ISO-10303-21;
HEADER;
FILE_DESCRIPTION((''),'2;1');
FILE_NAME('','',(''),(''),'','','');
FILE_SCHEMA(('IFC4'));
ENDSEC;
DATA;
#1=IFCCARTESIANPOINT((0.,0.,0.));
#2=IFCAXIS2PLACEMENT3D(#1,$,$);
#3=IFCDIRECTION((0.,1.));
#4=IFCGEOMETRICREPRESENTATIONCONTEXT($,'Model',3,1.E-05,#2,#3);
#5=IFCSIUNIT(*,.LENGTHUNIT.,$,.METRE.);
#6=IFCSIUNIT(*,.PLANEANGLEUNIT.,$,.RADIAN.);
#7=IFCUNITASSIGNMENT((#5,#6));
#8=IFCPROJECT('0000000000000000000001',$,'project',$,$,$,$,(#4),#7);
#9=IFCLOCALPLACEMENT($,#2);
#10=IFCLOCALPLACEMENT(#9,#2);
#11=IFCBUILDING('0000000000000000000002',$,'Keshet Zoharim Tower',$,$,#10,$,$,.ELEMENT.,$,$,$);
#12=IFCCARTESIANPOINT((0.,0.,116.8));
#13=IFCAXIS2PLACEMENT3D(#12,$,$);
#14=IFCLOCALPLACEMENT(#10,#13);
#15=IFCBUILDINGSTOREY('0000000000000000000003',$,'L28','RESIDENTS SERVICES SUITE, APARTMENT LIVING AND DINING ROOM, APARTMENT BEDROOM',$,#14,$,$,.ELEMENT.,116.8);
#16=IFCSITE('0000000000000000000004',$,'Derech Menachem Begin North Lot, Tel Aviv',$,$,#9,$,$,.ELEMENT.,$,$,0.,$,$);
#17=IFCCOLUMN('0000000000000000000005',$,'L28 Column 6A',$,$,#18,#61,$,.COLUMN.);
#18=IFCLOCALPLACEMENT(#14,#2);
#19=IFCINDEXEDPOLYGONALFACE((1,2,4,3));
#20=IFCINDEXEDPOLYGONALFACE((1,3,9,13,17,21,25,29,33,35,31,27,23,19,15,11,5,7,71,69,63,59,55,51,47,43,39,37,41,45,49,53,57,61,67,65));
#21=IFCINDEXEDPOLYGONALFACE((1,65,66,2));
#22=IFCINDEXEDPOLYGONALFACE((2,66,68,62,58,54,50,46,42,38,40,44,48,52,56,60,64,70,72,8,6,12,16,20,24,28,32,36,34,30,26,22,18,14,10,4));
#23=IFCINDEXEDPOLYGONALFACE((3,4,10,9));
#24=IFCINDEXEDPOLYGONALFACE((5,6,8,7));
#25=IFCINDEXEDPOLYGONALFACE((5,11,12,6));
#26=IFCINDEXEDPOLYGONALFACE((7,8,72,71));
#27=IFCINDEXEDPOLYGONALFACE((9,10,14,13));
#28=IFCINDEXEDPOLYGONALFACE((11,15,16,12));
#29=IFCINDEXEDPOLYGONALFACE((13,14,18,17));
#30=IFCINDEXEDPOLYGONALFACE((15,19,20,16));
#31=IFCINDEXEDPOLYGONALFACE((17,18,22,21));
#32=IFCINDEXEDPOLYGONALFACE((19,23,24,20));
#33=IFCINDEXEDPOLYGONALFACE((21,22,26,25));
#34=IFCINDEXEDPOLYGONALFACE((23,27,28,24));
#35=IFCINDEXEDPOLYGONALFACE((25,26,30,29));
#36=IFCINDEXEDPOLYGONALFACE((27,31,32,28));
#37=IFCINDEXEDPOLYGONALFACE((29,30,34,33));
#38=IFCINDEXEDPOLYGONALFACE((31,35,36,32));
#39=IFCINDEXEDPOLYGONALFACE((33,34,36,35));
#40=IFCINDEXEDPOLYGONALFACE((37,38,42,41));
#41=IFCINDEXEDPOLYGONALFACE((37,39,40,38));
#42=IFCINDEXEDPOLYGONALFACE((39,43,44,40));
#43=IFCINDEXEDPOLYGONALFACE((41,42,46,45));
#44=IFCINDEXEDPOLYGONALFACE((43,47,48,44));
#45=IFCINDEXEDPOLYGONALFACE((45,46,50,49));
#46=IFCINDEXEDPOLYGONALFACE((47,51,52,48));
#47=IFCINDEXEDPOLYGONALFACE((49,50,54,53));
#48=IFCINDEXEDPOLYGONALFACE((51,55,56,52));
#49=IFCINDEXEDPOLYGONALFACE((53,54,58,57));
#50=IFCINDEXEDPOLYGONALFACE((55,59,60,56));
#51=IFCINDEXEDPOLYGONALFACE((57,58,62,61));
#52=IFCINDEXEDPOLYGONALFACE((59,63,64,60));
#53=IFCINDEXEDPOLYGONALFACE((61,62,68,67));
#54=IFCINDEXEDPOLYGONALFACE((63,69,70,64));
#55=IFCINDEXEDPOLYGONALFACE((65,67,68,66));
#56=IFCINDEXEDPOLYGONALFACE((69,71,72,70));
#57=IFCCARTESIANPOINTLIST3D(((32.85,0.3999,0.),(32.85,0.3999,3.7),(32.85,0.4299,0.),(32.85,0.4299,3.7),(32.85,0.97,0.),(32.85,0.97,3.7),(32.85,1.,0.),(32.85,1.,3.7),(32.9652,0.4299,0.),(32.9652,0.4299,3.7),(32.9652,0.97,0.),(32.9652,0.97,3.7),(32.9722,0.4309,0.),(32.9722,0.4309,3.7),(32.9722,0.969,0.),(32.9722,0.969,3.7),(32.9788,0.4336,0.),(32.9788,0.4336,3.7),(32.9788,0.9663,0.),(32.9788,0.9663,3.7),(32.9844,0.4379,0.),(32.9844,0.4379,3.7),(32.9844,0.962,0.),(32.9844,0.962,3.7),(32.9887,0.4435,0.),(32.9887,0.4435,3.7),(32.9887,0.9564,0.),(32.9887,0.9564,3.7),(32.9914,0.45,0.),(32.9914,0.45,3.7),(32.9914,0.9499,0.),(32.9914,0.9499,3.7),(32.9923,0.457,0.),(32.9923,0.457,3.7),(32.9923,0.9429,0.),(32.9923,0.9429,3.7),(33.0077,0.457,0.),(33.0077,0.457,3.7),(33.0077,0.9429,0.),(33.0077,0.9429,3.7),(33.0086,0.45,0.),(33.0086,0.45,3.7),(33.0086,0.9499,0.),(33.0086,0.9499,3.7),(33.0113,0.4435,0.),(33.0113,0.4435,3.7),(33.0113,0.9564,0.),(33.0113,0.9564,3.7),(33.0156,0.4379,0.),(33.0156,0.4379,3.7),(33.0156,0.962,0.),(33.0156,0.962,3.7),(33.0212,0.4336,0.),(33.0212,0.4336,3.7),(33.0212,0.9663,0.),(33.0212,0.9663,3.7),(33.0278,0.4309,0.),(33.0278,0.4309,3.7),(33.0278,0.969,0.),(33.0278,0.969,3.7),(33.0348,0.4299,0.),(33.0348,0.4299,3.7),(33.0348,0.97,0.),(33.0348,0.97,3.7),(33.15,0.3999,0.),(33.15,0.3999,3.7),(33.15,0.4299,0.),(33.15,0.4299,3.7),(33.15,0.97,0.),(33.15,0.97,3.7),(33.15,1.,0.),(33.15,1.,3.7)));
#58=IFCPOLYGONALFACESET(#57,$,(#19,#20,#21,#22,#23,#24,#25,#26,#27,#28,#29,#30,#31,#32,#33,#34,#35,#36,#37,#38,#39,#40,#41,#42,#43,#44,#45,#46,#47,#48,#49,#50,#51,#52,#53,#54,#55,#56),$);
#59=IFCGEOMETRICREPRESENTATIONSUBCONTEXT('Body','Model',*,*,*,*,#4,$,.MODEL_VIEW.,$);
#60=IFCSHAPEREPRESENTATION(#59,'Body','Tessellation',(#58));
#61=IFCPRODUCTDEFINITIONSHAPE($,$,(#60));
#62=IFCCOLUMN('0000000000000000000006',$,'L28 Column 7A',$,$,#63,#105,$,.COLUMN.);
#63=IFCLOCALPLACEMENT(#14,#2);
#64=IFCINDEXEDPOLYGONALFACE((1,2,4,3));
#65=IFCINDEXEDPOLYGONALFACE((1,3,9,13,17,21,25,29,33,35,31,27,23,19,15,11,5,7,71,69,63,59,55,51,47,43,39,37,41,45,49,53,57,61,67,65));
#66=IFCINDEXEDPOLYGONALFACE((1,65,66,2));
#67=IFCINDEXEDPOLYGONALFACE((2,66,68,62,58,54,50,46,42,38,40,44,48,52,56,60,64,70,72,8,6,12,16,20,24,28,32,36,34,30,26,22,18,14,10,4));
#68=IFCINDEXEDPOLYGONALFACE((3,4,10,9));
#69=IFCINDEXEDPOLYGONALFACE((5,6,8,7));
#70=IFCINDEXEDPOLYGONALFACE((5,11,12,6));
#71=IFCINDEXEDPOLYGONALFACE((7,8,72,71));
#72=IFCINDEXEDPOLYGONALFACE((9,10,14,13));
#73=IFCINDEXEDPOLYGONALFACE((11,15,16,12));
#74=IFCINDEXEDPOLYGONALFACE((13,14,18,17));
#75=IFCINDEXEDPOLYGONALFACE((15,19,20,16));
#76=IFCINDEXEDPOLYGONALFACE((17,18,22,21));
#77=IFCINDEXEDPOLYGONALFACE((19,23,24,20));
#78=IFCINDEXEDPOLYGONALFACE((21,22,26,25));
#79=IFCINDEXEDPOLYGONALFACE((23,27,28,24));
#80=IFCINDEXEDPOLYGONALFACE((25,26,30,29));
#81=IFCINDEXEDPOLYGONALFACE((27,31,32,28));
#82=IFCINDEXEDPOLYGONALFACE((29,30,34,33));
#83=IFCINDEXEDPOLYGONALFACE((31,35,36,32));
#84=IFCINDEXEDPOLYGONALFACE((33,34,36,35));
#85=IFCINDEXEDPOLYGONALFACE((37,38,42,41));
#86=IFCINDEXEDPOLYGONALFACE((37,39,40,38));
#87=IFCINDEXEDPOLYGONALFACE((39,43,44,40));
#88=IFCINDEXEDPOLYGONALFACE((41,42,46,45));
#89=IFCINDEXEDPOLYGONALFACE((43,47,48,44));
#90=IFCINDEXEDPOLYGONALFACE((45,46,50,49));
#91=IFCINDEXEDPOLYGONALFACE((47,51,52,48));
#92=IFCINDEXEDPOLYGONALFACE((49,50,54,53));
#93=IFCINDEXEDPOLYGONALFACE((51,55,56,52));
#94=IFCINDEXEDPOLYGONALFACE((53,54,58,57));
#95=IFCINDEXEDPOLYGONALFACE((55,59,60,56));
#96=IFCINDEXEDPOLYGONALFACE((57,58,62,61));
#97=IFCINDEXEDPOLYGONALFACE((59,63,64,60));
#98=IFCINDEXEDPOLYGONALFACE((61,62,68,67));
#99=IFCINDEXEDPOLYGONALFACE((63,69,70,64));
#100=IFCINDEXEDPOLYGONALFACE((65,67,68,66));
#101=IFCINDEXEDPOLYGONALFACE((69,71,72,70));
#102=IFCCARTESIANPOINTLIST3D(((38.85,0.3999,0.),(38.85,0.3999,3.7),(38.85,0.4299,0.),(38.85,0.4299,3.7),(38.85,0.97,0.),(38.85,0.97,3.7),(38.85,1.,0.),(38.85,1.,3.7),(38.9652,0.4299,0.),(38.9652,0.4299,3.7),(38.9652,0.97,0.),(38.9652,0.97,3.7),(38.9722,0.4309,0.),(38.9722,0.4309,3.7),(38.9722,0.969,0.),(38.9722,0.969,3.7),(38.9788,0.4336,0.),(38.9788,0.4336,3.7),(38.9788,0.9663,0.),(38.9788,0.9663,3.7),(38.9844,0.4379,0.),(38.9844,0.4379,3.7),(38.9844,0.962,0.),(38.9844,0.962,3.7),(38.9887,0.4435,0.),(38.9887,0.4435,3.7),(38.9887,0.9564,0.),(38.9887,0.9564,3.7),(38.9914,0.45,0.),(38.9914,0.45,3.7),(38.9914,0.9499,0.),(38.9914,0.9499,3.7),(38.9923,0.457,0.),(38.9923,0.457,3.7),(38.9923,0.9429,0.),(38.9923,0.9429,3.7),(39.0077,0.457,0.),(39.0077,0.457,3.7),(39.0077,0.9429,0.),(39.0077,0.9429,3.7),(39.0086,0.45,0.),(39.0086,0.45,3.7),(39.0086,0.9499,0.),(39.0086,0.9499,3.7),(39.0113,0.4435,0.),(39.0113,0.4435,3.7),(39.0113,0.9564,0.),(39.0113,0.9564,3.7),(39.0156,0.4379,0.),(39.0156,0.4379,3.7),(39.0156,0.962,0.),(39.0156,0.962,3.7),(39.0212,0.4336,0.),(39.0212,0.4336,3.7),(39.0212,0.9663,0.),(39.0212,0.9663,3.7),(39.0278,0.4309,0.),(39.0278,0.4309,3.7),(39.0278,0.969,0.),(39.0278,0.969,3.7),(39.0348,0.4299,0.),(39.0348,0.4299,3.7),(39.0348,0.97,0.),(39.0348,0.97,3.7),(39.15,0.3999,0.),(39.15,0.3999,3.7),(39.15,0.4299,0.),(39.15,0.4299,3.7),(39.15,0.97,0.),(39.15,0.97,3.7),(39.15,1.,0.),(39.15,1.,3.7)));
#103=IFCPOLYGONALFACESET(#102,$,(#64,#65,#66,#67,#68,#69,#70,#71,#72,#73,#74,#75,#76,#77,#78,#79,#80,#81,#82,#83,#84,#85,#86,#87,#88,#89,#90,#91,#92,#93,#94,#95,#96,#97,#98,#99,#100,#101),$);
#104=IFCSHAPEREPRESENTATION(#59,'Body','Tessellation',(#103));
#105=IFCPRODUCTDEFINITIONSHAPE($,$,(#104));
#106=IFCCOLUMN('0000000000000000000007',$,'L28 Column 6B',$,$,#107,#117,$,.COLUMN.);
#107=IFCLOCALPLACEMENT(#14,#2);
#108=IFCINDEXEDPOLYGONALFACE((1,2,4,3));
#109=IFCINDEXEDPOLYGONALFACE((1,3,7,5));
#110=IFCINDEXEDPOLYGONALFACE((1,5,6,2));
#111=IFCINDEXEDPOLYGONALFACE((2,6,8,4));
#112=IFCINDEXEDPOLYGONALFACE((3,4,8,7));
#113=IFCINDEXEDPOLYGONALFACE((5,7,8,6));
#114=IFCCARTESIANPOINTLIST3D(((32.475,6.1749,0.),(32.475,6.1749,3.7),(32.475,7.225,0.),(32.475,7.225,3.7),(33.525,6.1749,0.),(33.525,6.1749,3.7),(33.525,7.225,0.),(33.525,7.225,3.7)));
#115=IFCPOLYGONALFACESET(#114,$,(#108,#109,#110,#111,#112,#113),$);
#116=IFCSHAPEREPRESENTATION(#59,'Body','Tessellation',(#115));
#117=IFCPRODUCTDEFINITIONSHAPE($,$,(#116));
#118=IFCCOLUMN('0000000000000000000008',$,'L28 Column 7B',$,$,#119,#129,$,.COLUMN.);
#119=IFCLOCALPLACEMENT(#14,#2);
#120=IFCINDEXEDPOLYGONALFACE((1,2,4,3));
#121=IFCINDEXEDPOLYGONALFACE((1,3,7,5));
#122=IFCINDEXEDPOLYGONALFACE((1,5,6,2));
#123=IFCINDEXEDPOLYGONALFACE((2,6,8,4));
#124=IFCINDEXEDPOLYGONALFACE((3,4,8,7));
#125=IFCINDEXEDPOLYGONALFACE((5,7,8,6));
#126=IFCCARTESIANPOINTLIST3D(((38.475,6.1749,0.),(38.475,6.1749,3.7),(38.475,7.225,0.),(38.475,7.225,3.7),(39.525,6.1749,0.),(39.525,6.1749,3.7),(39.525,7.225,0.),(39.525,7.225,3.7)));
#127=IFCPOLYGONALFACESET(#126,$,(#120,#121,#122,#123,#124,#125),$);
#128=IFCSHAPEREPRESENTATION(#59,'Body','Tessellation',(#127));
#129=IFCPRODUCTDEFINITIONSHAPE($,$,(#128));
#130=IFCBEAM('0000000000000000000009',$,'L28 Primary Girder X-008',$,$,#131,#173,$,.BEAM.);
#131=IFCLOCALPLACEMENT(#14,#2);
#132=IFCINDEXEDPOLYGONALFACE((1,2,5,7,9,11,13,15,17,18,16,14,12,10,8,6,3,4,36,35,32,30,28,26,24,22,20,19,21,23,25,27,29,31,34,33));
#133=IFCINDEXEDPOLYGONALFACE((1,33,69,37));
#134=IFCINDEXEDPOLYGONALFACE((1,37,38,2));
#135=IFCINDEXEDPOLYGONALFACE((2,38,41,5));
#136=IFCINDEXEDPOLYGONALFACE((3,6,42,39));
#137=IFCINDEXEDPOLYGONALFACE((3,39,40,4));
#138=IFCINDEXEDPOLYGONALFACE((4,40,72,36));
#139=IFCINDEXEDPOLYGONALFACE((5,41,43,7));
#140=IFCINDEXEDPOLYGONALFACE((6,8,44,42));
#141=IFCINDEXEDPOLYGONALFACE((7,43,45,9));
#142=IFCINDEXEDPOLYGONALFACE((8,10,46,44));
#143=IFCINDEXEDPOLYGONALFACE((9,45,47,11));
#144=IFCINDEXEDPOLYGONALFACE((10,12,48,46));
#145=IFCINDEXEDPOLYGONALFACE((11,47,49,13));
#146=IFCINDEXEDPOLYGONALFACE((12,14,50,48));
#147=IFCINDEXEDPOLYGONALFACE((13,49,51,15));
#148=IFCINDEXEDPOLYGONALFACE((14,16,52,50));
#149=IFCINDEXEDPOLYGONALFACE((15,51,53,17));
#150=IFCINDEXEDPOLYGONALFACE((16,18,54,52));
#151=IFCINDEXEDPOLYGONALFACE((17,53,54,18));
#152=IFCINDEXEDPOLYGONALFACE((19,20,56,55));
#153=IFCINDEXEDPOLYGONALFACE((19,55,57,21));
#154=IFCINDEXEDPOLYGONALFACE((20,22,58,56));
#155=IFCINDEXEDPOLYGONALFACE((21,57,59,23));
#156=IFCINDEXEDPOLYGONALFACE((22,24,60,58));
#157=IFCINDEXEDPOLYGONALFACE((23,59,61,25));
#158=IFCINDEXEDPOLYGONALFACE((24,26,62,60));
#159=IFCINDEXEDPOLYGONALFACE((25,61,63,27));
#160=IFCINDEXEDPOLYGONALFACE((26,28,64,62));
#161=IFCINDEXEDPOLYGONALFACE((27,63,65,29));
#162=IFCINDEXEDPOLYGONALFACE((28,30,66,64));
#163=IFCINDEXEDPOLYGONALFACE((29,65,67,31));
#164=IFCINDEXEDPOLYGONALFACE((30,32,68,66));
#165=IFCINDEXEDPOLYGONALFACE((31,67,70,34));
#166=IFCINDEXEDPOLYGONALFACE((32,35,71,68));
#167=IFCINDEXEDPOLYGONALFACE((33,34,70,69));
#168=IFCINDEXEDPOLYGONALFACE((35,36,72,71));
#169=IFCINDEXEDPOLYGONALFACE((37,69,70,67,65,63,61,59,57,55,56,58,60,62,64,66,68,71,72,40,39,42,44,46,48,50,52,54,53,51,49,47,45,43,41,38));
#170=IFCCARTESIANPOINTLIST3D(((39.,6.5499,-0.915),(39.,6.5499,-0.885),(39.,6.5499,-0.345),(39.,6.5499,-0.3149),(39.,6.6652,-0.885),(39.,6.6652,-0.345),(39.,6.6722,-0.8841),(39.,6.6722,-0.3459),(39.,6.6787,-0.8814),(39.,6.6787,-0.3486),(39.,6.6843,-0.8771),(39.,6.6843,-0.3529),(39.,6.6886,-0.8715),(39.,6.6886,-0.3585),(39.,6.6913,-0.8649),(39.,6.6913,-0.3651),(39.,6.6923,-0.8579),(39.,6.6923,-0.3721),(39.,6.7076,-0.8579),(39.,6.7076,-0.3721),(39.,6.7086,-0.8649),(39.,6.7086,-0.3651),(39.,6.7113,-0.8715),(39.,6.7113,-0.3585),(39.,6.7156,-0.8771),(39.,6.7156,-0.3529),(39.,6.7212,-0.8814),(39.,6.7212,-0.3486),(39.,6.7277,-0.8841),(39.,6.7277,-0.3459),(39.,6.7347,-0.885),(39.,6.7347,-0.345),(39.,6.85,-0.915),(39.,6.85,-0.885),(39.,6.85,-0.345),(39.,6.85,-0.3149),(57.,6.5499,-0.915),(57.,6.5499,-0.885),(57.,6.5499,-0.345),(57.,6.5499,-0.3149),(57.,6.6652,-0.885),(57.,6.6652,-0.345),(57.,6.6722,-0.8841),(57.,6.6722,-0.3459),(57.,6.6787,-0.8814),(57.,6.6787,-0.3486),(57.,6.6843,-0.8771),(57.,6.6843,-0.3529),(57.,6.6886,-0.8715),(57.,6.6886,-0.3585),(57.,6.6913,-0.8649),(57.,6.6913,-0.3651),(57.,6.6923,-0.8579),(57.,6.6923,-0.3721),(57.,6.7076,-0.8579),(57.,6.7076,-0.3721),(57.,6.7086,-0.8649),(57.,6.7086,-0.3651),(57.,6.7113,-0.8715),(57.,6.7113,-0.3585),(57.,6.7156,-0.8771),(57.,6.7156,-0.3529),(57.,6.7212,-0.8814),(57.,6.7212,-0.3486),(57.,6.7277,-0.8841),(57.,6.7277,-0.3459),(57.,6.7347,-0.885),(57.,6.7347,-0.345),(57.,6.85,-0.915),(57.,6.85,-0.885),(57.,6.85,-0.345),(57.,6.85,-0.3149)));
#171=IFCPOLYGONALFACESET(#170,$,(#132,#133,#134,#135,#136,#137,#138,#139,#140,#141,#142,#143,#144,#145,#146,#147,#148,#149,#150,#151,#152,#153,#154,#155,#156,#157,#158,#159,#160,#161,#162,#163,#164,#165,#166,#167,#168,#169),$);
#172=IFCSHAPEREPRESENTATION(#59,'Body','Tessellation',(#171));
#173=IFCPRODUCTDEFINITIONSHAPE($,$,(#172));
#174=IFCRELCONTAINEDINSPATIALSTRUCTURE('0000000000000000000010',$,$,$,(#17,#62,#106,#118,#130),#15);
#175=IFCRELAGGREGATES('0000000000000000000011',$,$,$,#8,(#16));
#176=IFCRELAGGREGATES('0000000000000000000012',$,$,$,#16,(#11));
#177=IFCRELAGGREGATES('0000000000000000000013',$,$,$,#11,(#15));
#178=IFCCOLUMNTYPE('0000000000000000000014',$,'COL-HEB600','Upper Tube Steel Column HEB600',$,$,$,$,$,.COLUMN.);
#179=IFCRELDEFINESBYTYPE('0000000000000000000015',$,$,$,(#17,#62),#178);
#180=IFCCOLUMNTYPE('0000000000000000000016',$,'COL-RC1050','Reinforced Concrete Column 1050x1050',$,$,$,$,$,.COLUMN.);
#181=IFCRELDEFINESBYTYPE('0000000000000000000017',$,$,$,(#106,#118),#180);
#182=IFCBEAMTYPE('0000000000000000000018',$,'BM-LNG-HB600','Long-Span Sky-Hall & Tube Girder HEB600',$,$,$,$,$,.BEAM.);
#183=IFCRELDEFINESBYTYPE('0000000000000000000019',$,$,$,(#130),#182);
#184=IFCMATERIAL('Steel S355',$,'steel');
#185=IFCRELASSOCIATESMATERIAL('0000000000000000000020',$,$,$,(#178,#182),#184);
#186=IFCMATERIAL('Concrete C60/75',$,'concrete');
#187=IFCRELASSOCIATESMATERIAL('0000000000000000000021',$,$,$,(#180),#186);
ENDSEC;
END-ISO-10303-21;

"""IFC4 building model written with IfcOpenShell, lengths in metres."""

from ifc_helpers import new_model, si_unit, direction, frame, origin, origin_2d, place, context, subcontext, project, spatial, rectangle, i_section, extrude, material, material_profile, profile_set, type_object, element, save


model = new_model("IFC4")

# Units and contexts
model_context = context("Model", 3, precision=1e-05, world=origin(), true_north=direction((0.0, 1.0)))
body_context = subcontext(model_context, "Body", "Model", "MODEL_VIEW")
ifc_project = project(units=[si_unit("LENGTHUNIT", "METRE"), si_unit("PLANEANGLEUNIT", "RADIAN")], contexts=[model_context])

# Site, building, storey
site_placement = place(None, origin())
site = spatial("IfcSite", under=ifc_project, at=site_placement, Name="Derech Menachem Begin North Lot, Tel Aviv", CompositionType="ELEMENT", RefElevation=0.0)
building_placement = place(site_placement, origin())
building = spatial("IfcBuilding", under=site, at=building_placement, Name="Keshet Zoharim Tower", CompositionType="ELEMENT")
storey_placement = place(building_placement, frame((0.0, 0.0, 116.8)))
storey = spatial("IfcBuildingStorey", under=building, at=storey_placement, Name="L28", Description="RESIDENTS SERVICES SUITE, APARTMENT LIVING AND DINING ROOM, APARTMENT BEDROOM", CompositionType="ELEMENT", Elevation=116.8)

# Columns
ifc_material_1 = material(Name="Steel S355", Category="steel")
ifc_material_profile_1 = material_profile(ifc_material_1, i_section(OverallWidth=0.3, OverallDepth=0.6001, WebThickness=0.0154, FlangeThickness=0.03, FilletRadius=0.0271, at=origin_2d()), Name="HEB600")
ifc_profile_set_1 = profile_set([ifc_material_profile_1], Name="Steel S355")
column_type_1 = type_object("IfcColumnType", Name="COL-HEB600", Description="Upper Tube Steel Column HEB600", PredefinedType="COLUMN", material=ifc_profile_set_1)
for number, where, z_axis, x_axis, name in (
    (1, (33.0, 0.7, 0.0), (0.0, 0.0, 1.0), (1.0, 0.0, 0.0), "L28 Column 6A"),
    (2, (39.0, 0.7, 0.0), (0.0, 0.0, 1.0), (1.0, 0.0, 0.0), "L28 Column 7A"),
):
    element("IfcColumn", number, at=place(storey_placement, frame(where, z_axis=z_axis, x_axis=x_axis)), inside=storey, type_object=column_type_1, Name=name, PredefinedType="COLUMN", context=body_context, shape_type="SweptSolid", body=[
        extrude(i_section(OverallWidth=0.3, OverallDepth=0.6001, WebThickness=0.0154, FlangeThickness=0.03, FilletRadius=0.0271, at=origin_2d()), origin(), (0.0, 0.0, 1.0), 3.7),
    ])
ifc_material_2 = material(Name="Concrete C60/75", Category="concrete")
ifc_material_profile_2 = material_profile(ifc_material_2, rectangle(XDim=1.05, YDim=1.05, at=origin_2d()), Name="RC1050x1050")
ifc_profile_set_2 = profile_set([ifc_material_profile_2], Name="Concrete C60/75")
column_type_2 = type_object("IfcColumnType", Name="COL-RC1050", Description="Reinforced Concrete Column 1050x1050", PredefinedType="COLUMN", material=ifc_profile_set_2)
for number, where, z_axis, x_axis, name in (
    (3, (33.0, 6.7, 0.0), (0.0, 0.0, 1.0), (1.0, 0.0, 0.0), "L28 Column 6B"),
    (4, (39.0, 6.7, 0.0), (0.0, 0.0, 1.0), (1.0, 0.0, 0.0), "L28 Column 7B"),
):
    element("IfcColumn", number, at=place(storey_placement, frame(where, z_axis=z_axis, x_axis=x_axis)), inside=storey, type_object=column_type_2, Name=name, PredefinedType="COLUMN", context=body_context, shape_type="SweptSolid", body=[
        extrude(rectangle(XDim=1.05, YDim=1.05, at=origin_2d()), origin(), (0.0, 0.0, 1.0), 3.7),
    ])

# Beam
ifc_material_profile_3 = material_profile(ifc_material_1, i_section(OverallWidth=0.3, OverallDepth=0.6001, WebThickness=0.0154, FlangeThickness=0.03, FilletRadius=0.0271, at=origin_2d()), Name="HEB600")
ifc_profile_set_3 = profile_set([ifc_material_profile_3], Name="Steel S355")
beam_type_1 = type_object("IfcBeamType", Name="BM-LNG-HB600", Description="Long-Span Sky-Hall & Tube Girder HEB600", PredefinedType="BEAM", material=ifc_profile_set_3)
beam_placement = place(storey_placement, frame((39.0, 6.7, -0.615), z_axis=(1.0, 0.0, 0.0), x_axis=(0.0, 1.0, 0.0)))
element("IfcBeam", 5, at=beam_placement, inside=storey, type_object=beam_type_1, Name="L28 Primary Girder X-008", PredefinedType="BEAM", context=body_context, shape_type="SweptSolid", body=[
    extrude(i_section(OverallWidth=0.3, OverallDepth=0.6001, WebThickness=0.0154, FlangeThickness=0.03, FilletRadius=0.0271, at=origin_2d()), origin(), (0.0, 0.0, 1.0), 18.0),
])

save(model, "model.ifc")
